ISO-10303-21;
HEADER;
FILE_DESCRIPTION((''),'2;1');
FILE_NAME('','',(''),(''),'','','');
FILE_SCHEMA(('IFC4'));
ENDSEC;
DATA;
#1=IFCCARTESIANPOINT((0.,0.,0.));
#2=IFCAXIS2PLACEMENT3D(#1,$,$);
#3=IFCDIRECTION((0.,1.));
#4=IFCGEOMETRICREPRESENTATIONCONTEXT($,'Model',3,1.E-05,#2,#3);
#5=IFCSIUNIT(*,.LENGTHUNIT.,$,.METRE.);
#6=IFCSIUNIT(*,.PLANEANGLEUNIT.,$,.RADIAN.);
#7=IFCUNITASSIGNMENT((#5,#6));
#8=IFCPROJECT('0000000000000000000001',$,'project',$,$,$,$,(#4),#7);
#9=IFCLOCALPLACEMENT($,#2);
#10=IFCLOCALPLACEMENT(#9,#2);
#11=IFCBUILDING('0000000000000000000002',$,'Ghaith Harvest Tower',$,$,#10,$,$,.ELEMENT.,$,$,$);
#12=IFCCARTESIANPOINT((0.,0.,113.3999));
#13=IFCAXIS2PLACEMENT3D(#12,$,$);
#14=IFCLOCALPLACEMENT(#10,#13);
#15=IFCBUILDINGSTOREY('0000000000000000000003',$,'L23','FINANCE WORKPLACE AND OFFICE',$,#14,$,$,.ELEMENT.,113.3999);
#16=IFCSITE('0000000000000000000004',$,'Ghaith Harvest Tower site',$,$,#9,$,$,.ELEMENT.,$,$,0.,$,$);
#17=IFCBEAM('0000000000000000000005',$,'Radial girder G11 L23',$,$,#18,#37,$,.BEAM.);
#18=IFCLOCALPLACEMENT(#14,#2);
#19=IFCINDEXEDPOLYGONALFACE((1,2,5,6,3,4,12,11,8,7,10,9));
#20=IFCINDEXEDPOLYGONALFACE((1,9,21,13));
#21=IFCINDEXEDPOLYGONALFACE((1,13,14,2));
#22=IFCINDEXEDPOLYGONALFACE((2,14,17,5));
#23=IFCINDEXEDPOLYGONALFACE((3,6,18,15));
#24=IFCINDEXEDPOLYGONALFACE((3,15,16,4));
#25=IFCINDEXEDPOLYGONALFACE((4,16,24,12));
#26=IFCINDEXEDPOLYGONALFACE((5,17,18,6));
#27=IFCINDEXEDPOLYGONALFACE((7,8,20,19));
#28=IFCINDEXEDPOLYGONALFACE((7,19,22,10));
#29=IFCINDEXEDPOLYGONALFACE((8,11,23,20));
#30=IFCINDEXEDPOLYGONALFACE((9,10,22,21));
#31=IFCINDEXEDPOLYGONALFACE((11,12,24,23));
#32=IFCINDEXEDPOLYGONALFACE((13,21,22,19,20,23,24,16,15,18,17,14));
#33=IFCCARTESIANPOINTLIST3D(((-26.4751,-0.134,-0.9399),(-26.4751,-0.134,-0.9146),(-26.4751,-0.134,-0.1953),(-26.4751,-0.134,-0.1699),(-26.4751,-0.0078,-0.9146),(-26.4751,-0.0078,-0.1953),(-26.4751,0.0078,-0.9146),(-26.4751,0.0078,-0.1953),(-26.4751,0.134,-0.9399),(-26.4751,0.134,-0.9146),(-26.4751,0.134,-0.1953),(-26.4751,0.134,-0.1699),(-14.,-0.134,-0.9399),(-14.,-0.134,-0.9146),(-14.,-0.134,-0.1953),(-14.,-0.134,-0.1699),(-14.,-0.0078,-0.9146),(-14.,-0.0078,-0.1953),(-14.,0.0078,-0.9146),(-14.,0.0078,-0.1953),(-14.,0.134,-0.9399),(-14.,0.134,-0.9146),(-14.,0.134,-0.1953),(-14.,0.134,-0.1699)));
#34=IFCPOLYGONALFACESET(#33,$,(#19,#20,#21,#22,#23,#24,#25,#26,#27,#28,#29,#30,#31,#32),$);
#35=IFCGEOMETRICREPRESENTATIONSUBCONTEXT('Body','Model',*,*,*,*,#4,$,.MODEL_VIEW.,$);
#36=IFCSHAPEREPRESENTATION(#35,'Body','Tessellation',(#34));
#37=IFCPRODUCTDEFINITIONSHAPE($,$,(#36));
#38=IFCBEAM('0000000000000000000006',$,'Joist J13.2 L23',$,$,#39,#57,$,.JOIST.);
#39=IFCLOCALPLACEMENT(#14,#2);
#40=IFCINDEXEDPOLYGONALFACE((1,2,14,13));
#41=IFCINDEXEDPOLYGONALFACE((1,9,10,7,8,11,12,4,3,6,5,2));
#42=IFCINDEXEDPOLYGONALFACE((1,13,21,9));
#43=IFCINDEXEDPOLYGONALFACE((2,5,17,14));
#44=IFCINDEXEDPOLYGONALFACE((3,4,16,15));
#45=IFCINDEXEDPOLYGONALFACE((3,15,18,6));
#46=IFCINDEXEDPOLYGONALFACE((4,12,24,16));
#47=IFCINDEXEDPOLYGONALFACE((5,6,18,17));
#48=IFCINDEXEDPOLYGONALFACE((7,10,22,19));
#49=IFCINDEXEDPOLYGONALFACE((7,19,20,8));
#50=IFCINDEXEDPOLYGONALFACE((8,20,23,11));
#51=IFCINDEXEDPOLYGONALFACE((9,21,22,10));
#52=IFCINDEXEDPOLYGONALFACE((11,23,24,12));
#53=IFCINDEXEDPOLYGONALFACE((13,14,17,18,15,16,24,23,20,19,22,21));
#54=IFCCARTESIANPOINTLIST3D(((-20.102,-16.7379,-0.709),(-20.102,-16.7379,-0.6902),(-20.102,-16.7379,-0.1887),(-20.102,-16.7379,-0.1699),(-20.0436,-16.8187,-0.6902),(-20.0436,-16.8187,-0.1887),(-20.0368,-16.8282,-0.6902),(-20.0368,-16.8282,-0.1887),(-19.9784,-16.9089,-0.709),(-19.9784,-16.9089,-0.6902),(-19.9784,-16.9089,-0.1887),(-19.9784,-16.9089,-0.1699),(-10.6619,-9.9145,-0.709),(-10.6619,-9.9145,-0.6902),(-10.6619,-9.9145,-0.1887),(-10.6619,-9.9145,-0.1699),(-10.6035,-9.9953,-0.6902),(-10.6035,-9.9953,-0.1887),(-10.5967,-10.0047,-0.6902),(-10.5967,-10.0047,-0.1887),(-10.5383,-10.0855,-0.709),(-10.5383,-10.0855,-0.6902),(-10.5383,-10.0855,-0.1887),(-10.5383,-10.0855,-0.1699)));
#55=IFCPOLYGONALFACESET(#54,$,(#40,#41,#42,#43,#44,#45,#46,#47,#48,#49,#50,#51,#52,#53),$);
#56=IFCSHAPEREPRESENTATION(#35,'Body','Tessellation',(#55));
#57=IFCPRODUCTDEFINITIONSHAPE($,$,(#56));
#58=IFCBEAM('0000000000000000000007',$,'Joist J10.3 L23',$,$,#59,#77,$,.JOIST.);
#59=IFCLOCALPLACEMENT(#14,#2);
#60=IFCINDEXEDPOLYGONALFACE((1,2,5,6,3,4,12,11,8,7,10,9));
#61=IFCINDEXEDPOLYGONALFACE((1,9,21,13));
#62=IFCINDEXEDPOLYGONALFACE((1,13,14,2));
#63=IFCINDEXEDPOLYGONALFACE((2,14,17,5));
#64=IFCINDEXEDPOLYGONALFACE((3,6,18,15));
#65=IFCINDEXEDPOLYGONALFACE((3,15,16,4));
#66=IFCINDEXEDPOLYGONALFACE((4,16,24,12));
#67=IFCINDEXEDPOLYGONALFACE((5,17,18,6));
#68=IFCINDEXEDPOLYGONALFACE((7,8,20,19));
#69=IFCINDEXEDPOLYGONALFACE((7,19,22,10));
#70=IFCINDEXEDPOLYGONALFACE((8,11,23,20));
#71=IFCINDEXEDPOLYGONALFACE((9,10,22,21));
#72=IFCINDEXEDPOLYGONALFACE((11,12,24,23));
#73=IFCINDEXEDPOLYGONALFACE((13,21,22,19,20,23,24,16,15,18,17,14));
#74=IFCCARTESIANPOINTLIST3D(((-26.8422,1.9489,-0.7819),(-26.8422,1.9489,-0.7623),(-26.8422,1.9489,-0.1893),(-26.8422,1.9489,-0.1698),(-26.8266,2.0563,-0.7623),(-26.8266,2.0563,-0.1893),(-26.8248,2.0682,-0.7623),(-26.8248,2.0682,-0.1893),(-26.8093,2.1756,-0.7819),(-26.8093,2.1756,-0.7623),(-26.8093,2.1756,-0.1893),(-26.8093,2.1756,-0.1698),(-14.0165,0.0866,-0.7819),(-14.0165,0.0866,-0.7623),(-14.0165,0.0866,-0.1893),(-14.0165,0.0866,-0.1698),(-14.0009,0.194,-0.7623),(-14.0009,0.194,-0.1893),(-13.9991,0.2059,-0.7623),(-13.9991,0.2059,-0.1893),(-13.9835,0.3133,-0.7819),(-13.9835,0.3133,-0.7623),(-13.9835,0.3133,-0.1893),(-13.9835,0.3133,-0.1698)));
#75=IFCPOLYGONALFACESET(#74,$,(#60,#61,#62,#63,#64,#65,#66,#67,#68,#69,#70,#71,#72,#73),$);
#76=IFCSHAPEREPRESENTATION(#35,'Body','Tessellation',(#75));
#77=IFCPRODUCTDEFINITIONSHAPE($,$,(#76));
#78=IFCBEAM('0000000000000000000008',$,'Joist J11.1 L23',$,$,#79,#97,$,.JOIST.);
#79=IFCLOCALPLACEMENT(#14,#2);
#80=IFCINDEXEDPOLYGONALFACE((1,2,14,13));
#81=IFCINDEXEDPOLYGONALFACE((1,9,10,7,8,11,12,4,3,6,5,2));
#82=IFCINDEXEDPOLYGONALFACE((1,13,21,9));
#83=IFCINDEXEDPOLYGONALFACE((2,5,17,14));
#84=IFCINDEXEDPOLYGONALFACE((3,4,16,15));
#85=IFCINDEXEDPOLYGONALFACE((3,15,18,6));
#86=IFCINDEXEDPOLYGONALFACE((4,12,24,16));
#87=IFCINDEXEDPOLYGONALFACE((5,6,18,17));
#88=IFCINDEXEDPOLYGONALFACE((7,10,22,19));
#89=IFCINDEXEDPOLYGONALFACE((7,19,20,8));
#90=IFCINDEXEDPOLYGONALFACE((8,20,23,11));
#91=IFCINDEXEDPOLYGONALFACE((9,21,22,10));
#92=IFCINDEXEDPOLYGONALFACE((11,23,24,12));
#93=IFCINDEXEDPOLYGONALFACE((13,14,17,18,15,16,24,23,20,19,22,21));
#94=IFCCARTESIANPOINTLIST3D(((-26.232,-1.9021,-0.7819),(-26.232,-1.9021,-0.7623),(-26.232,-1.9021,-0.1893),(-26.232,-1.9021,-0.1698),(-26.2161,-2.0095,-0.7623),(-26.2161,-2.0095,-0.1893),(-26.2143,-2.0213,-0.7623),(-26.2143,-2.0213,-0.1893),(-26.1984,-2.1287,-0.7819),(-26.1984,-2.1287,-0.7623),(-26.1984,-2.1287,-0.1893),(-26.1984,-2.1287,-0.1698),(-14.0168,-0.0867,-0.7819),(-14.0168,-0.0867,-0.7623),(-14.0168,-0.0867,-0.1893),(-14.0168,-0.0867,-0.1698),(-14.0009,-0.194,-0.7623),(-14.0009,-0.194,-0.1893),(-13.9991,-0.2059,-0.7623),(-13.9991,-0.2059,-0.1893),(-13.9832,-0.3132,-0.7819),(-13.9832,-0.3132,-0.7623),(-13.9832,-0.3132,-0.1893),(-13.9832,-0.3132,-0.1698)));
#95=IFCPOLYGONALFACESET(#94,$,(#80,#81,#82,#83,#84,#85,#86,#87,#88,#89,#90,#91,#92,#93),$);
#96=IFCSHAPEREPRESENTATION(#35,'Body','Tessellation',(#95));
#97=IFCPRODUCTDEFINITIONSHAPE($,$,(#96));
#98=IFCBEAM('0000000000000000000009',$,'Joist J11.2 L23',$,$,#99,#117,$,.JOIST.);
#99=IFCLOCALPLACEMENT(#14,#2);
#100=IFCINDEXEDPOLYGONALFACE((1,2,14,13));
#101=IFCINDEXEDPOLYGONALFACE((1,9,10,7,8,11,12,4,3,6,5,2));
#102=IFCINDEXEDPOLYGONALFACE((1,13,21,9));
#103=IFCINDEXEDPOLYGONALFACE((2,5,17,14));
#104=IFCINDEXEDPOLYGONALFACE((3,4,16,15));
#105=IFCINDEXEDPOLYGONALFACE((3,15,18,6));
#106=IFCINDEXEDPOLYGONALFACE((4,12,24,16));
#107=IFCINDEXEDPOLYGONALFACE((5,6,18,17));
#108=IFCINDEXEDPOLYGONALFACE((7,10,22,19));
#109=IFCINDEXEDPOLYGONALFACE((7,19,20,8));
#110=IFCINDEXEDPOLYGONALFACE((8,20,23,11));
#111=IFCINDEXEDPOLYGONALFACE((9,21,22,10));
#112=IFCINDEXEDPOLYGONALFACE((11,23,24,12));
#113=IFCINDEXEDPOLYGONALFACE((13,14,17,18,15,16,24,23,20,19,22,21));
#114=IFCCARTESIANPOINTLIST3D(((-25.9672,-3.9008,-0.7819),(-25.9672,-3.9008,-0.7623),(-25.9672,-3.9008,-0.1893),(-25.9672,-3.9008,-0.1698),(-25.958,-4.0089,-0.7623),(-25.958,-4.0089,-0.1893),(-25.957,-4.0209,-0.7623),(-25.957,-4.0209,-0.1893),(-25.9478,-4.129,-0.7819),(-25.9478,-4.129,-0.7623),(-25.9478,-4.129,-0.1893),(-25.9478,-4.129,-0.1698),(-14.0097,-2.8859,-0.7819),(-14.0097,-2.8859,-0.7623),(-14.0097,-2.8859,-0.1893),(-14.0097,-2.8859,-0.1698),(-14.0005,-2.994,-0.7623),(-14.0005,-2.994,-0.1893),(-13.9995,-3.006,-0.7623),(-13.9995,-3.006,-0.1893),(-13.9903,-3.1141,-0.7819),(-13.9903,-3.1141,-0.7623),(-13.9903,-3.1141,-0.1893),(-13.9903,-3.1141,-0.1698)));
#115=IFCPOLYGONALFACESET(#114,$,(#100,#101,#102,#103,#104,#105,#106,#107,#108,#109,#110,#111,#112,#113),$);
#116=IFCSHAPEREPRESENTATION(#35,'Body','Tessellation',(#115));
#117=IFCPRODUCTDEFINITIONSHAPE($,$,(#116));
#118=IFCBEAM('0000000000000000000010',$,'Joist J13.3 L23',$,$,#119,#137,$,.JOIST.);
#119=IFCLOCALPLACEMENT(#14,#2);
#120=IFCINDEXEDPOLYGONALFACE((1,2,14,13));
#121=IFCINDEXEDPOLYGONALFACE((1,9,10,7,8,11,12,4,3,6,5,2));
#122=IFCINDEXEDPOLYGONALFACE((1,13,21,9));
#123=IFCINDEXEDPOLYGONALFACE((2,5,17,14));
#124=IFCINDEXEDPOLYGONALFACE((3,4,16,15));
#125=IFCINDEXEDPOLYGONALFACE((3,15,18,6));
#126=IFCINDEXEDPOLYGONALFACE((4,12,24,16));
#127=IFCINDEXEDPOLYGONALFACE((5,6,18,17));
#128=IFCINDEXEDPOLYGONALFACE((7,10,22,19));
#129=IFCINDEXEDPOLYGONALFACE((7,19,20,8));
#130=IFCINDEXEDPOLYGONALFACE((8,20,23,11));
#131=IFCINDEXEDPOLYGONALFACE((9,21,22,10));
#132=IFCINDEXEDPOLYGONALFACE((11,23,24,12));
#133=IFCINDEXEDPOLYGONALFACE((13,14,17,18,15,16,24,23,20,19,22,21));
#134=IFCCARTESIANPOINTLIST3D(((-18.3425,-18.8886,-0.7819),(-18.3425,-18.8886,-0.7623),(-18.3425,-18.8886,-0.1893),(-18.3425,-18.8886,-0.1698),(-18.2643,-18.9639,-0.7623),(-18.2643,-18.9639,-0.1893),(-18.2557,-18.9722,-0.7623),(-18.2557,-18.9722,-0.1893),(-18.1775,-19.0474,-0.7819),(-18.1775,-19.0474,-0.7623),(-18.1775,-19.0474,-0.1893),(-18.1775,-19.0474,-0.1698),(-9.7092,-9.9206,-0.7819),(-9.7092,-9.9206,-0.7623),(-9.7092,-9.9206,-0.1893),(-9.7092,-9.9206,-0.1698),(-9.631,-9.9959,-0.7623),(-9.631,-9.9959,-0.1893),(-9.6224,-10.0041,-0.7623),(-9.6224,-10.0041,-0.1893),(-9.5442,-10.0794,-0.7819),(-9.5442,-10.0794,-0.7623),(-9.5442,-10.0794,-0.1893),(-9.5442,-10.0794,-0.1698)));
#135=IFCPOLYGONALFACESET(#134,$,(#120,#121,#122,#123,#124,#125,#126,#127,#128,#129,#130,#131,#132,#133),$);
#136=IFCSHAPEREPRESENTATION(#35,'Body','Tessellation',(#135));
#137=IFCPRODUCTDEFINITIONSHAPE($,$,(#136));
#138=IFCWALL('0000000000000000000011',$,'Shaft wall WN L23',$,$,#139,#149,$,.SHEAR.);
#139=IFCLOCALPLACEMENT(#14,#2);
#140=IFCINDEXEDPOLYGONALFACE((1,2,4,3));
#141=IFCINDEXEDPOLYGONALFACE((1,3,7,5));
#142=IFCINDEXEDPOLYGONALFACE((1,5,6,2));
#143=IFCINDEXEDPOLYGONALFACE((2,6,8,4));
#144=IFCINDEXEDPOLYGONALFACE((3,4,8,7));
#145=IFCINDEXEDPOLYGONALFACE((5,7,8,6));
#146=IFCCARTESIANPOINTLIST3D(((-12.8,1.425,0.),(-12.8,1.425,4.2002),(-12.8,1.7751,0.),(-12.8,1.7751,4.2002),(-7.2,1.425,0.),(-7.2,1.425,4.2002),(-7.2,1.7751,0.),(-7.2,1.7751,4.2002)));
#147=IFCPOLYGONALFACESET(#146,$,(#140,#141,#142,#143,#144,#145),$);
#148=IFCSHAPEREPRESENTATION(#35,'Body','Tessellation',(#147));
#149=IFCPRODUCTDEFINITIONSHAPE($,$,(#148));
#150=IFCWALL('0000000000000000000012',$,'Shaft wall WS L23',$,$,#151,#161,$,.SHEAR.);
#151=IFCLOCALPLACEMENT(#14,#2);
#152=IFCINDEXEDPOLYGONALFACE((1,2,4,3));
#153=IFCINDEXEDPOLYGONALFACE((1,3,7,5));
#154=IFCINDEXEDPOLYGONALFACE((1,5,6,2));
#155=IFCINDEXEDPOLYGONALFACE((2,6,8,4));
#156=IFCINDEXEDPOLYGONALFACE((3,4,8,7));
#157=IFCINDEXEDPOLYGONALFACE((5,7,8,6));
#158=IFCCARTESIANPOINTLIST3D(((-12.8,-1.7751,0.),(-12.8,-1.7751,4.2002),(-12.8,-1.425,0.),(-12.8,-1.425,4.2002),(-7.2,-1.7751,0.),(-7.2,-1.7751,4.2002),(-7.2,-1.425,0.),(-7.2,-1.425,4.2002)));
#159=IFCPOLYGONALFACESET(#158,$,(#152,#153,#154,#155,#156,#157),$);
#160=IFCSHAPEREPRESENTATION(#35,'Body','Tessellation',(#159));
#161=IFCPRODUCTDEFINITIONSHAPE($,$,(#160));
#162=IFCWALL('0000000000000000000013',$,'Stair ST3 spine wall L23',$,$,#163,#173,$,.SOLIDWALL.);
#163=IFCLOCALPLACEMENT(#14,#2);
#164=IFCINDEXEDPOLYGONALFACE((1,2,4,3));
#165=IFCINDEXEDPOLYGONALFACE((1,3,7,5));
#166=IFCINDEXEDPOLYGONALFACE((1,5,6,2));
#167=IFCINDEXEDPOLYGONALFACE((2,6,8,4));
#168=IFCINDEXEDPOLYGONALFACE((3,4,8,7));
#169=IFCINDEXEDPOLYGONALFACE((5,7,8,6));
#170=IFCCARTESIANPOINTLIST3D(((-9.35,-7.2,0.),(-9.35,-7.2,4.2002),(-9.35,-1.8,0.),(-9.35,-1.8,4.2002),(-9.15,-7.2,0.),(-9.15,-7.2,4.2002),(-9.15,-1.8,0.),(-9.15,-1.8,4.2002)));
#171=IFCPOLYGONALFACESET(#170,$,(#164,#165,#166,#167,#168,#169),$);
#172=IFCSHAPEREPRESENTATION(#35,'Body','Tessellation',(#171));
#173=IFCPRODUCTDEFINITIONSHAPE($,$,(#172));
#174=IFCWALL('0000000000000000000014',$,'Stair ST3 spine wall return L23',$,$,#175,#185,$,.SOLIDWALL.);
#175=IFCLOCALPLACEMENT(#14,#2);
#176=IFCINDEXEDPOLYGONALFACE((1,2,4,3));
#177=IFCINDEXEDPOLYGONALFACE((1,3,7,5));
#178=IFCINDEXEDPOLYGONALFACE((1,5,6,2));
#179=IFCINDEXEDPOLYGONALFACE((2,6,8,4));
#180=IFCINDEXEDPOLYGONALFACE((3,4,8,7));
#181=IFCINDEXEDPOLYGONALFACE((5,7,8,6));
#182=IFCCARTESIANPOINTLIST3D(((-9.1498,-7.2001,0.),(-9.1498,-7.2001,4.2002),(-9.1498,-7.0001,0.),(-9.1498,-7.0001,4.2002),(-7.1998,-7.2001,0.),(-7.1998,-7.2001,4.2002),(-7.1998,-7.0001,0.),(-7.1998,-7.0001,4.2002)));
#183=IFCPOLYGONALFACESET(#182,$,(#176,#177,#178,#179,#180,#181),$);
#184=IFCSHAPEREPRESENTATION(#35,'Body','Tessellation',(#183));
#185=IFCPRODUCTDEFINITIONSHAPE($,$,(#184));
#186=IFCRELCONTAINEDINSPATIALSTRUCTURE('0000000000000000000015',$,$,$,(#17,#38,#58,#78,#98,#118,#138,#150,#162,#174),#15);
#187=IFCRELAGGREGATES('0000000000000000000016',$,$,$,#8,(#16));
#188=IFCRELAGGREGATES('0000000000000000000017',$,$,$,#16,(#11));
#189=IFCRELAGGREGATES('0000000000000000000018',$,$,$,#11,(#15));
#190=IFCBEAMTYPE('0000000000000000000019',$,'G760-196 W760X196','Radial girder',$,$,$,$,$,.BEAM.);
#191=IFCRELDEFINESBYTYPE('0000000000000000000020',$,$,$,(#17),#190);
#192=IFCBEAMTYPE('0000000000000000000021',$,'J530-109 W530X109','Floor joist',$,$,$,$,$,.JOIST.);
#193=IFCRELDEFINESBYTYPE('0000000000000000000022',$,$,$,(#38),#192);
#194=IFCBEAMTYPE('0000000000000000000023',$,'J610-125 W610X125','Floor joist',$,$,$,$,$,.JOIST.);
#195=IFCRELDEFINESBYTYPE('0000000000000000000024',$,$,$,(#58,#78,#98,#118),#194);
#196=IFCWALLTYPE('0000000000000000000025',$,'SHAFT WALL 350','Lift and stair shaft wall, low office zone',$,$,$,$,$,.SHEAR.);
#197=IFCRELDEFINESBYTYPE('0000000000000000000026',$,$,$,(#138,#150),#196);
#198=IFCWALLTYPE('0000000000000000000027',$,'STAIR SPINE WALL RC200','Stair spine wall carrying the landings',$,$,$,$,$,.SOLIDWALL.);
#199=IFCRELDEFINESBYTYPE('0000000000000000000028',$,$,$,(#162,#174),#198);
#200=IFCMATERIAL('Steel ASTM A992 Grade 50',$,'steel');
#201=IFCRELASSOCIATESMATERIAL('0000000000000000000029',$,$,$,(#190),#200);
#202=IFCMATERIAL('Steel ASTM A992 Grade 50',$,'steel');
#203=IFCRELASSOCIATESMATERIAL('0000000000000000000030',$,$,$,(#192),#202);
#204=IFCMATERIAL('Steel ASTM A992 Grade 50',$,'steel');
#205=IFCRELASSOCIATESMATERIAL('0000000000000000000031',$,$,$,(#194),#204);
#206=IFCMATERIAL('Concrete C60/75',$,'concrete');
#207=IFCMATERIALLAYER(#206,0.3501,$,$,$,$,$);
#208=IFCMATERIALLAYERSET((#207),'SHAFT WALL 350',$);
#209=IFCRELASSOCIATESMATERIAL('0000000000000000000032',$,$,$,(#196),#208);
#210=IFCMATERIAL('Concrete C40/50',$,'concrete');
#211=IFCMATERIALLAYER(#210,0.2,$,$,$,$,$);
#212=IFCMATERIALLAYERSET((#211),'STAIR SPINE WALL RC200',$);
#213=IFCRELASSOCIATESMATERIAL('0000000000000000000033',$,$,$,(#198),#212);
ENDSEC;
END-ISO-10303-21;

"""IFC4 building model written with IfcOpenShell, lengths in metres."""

from ifc_helpers import new_model, si_unit, direction, frame, frame_2d, origin, origin_2d, place, context, subcontext, project, spatial, rectangle, i_section, extrude, material, layer, layer_set, material_profile, profile_set, type_object, element, save


model = new_model("IFC4")

# Units and contexts
model_context = context("Model", 3, precision=1e-05, world=origin(), true_north=direction((0.0, 1.0)))
body_context = subcontext(model_context, "Body", "Model", "MODEL_VIEW")
ifc_project = project(units=[si_unit("LENGTHUNIT", "METRE"), si_unit("PLANEANGLEUNIT", "RADIAN")], contexts=[model_context])

# Site, building, storey
site_placement = place(None, origin())
site = spatial("IfcSite", under=ifc_project, at=site_placement, Name="Ghaith Harvest Tower site", CompositionType="ELEMENT", RefElevation=0.0)
building_placement = place(site_placement, origin())
building = spatial("IfcBuilding", under=site, at=building_placement, Name="Ghaith Harvest Tower", CompositionType="ELEMENT")
storey_placement = place(building_placement, frame((0.0, 0.0, 113.3999)))
storey = spatial("IfcBuildingStorey", under=building, at=storey_placement, Name="L23", Description="FINANCE WORKPLACE AND OFFICE", CompositionType="ELEMENT", Elevation=113.3999)

# Beams
ifc_material_1 = material(Name="Steel ASTM A992 Grade 50", Category="steel")
ifc_material_profile_1 = material_profile(ifc_material_1, i_section(OverallWidth=0.2681, OverallDepth=0.77, WebThickness=0.0156, FlangeThickness=0.0254, at=origin_2d()), Name="W760X196")
ifc_profile_set_1 = profile_set([ifc_material_profile_1], Name="Steel ASTM A992 Grade 50")
beam_type_1 = type_object("IfcBeamType", Name="G760-196 W760X196", Description="Radial girder", PredefinedType="BEAM", material=ifc_profile_set_1)
beam_1_placement = place(storey_placement, frame((-14.0, 0.0, -0.5549), z_axis=(-1.0, 0.0, 0.0), x_axis=(0.0, -1.0, 0.0)))
element("IfcBeam", 1, at=beam_1_placement, inside=storey, type_object=beam_type_1, Name="Radial girder G11 L23", PredefinedType="BEAM", context=body_context, shape_type="SweptSolid", body=[
    extrude(i_section(OverallWidth=0.2681, OverallDepth=0.77, WebThickness=0.0156, FlangeThickness=0.0254, at=origin_2d()), origin(), (0.0, 0.0, 1.0), 12.4751),
])
ifc_material_2 = material(Name="Steel ASTM A992 Grade 50", Category="steel")
ifc_material_profile_2 = material_profile(ifc_material_2, i_section(OverallWidth=0.2109, OverallDepth=0.5391, WebThickness=0.0117, FlangeThickness=0.0188, at=origin_2d()), Name="W530X109")
ifc_profile_set_2 = profile_set([ifc_material_profile_2], Name="Steel ASTM A992 Grade 50")
beam_type_2 = type_object("IfcBeamType", Name="J530-109 W530X109", Description="Floor joist", PredefinedType="JOIST", material=ifc_profile_set_2)
beam_2_placement = place(storey_placement, frame((-10.6001, -10.0, -0.4395), z_axis=(-0.810452, -0.585805, 0.0), x_axis=(0.585805, -0.810452, 0.0)))
element("IfcBeam", 2, at=beam_2_placement, inside=storey, type_object=beam_type_2, Name="Joist J13.2 L23", PredefinedType="JOIST", context=body_context, shape_type="SweptSolid", body=[
    extrude(i_section(OverallWidth=0.2109, OverallDepth=0.5391, WebThickness=0.0117, FlangeThickness=0.0188, at=origin_2d()), origin(), (0.0, 0.0, 1.0), 11.6479),
])
ifc_material_3 = material(Name="Steel ASTM A992 Grade 50", Category="steel")
ifc_material_profile_3 = material_profile(ifc_material_3, i_section(OverallWidth=0.229, OverallDepth=0.6121, WebThickness=0.012, FlangeThickness=0.0195, at=origin_2d()), Name="W610X125")
ifc_profile_set_3 = profile_set([ifc_material_profile_3], Name="Steel ASTM A992 Grade 50")
beam_type_3 = type_object("IfcBeamType", Name="J610-125 W610X125", Description="Floor joist", PredefinedType="JOIST", material=ifc_profile_set_3)
beam_3_placement = place(storey_placement, frame((-14.0, 0.2, -0.4758), z_axis=(-0.989622, 0.143694, 0.0), x_axis=(-0.143694, -0.989622, 0.0)))
element("IfcBeam", 3, at=beam_3_placement, inside=storey, type_object=beam_type_3, Name="Joist J10.3 L23", PredefinedType="JOIST", context=body_context, shape_type="SweptSolid", body=[
    extrude(i_section(OverallWidth=0.229, OverallDepth=0.6121, WebThickness=0.012, FlangeThickness=0.0195, at=origin_2d()), origin(), (0.0, 0.0, 1.0), 12.9602),
])
beam_4_placement = place(storey_placement, frame((-14.0, -0.2, -0.4758), z_axis=(-0.989135, -0.147007, 0.0), x_axis=(0.147007, -0.989135, 0.0)))
element("IfcBeam", 4, at=beam_4_placement, inside=storey, type_object=beam_type_3, Name="Joist J11.1 L23", PredefinedType="JOIST", context=body_context, shape_type="SweptSolid", body=[
    extrude(i_section(OverallWidth=0.229, OverallDepth=0.6121, WebThickness=0.012, FlangeThickness=0.0195, at=origin_2d()), origin(), (0.0, 0.0, 1.0), 12.3494),
])
beam_5_placement = place(storey_placement, frame((-14.0, -3.0, -0.4758), z_axis=(-0.996417, -0.084571, 0.0), x_axis=(0.084571, -0.996417, 0.0)))
element("IfcBeam", 5, at=beam_5_placement, inside=storey, type_object=beam_type_3, Name="Joist J11.2 L23", PredefinedType="JOIST", context=body_context, shape_type="SweptSolid", body=[
    extrude(i_section(OverallWidth=0.229, OverallDepth=0.6121, WebThickness=0.012, FlangeThickness=0.0195, at=origin_2d()), origin(), (0.0, 0.0, 1.0), 12.0005),
])
beam_6_placement = place(storey_placement, frame((-9.6267, -10.0, -0.4758), z_axis=(-0.693535, -0.720423, 0.0), x_axis=(0.720423, -0.693535, 0.0)))
element("IfcBeam", 6, at=beam_6_placement, inside=storey, type_object=beam_type_3, Name="Joist J13.3 L23", PredefinedType="JOIST", context=body_context, shape_type="SweptSolid", body=[
    extrude(i_section(OverallWidth=0.229, OverallDepth=0.6121, WebThickness=0.012, FlangeThickness=0.0195, at=origin_2d()), origin(), (0.0, 0.0, 1.0), 12.4482),
])

# Walls
ifc_material_4 = material(Name="Concrete C60/75", Category="concrete")
ifc_layer_1 = layer(ifc_material_4, 0.3501)
ifc_layer_set_1 = layer_set([ifc_layer_1], Name="SHAFT WALL 350")
wall_type_1 = type_object("IfcWallType", Name="SHAFT WALL 350", Description="Lift and stair shaft wall, low office zone", PredefinedType="SHEAR", material=ifc_layer_set_1)
for number, where, z_axis, x_axis, name in (
    (7, (-12.8, 1.6001, 0.0), (0.0, 0.0, 1.0), (1.0, 0.0, 0.0), "Shaft wall WN L23"),
    (8, (-12.8, -1.6001, 0.0), (0.0, 0.0, 1.0), (1.0, 0.0, 0.0), "Shaft wall WS L23"),
):
    element("IfcWall", number, at=place(storey_placement, frame(where, z_axis=z_axis, x_axis=x_axis)), inside=storey, type_object=wall_type_1, Name=name, PredefinedType="SHEAR", context=body_context, shape_type="SweptSolid", body=[
        extrude(rectangle(XDim=5.6001, YDim=0.3501, at=frame_2d((2.8, 0.0))), origin(), (0.0, 0.0, 1.0), 4.2002),
    ])
ifc_material_5 = material(Name="Concrete C40/50", Category="concrete")
ifc_layer_2 = layer(ifc_material_5, 0.2)
ifc_layer_set_2 = layer_set([ifc_layer_2], Name="STAIR SPINE WALL RC200")
wall_type_2 = type_object("IfcWallType", Name="STAIR SPINE WALL RC200", Description="Stair spine wall carrying the landings", PredefinedType="SOLIDWALL", material=ifc_layer_set_2)
wall_1_placement = place(storey_placement, frame((-9.25, -7.2, 0.0), z_axis=(0.0, 0.0, 1.0), x_axis=(0.0, 1.0, 0.0)))
element("IfcWall", 9, at=wall_1_placement, inside=storey, type_object=wall_type_2, Name="Stair ST3 spine wall L23", PredefinedType="SOLIDWALL", context=body_context, shape_type="SweptSolid", body=[
    extrude(rectangle(XDim=5.3999, YDim=0.2, at=frame_2d((2.7, 0.0))), origin(), (0.0, 0.0, 1.0), 4.2002),
])
wall_2_placement = place(storey_placement, frame((-9.1499, -7.1001, 0.0), z_axis=(0.0, 0.0, 1.0), x_axis=(1.0, 0.0, 0.0)))
element("IfcWall", 10, at=wall_2_placement, inside=storey, type_object=wall_type_2, Name="Stair ST3 spine wall return L23", PredefinedType="SOLIDWALL", context=body_context, shape_type="SweptSolid", body=[
    extrude(rectangle(XDim=1.95, YDim=0.2, at=frame_2d((0.9751, 0.0))), origin(), (0.0, 0.0, 1.0), 4.2002),
])

save(model, "model.ifc")
